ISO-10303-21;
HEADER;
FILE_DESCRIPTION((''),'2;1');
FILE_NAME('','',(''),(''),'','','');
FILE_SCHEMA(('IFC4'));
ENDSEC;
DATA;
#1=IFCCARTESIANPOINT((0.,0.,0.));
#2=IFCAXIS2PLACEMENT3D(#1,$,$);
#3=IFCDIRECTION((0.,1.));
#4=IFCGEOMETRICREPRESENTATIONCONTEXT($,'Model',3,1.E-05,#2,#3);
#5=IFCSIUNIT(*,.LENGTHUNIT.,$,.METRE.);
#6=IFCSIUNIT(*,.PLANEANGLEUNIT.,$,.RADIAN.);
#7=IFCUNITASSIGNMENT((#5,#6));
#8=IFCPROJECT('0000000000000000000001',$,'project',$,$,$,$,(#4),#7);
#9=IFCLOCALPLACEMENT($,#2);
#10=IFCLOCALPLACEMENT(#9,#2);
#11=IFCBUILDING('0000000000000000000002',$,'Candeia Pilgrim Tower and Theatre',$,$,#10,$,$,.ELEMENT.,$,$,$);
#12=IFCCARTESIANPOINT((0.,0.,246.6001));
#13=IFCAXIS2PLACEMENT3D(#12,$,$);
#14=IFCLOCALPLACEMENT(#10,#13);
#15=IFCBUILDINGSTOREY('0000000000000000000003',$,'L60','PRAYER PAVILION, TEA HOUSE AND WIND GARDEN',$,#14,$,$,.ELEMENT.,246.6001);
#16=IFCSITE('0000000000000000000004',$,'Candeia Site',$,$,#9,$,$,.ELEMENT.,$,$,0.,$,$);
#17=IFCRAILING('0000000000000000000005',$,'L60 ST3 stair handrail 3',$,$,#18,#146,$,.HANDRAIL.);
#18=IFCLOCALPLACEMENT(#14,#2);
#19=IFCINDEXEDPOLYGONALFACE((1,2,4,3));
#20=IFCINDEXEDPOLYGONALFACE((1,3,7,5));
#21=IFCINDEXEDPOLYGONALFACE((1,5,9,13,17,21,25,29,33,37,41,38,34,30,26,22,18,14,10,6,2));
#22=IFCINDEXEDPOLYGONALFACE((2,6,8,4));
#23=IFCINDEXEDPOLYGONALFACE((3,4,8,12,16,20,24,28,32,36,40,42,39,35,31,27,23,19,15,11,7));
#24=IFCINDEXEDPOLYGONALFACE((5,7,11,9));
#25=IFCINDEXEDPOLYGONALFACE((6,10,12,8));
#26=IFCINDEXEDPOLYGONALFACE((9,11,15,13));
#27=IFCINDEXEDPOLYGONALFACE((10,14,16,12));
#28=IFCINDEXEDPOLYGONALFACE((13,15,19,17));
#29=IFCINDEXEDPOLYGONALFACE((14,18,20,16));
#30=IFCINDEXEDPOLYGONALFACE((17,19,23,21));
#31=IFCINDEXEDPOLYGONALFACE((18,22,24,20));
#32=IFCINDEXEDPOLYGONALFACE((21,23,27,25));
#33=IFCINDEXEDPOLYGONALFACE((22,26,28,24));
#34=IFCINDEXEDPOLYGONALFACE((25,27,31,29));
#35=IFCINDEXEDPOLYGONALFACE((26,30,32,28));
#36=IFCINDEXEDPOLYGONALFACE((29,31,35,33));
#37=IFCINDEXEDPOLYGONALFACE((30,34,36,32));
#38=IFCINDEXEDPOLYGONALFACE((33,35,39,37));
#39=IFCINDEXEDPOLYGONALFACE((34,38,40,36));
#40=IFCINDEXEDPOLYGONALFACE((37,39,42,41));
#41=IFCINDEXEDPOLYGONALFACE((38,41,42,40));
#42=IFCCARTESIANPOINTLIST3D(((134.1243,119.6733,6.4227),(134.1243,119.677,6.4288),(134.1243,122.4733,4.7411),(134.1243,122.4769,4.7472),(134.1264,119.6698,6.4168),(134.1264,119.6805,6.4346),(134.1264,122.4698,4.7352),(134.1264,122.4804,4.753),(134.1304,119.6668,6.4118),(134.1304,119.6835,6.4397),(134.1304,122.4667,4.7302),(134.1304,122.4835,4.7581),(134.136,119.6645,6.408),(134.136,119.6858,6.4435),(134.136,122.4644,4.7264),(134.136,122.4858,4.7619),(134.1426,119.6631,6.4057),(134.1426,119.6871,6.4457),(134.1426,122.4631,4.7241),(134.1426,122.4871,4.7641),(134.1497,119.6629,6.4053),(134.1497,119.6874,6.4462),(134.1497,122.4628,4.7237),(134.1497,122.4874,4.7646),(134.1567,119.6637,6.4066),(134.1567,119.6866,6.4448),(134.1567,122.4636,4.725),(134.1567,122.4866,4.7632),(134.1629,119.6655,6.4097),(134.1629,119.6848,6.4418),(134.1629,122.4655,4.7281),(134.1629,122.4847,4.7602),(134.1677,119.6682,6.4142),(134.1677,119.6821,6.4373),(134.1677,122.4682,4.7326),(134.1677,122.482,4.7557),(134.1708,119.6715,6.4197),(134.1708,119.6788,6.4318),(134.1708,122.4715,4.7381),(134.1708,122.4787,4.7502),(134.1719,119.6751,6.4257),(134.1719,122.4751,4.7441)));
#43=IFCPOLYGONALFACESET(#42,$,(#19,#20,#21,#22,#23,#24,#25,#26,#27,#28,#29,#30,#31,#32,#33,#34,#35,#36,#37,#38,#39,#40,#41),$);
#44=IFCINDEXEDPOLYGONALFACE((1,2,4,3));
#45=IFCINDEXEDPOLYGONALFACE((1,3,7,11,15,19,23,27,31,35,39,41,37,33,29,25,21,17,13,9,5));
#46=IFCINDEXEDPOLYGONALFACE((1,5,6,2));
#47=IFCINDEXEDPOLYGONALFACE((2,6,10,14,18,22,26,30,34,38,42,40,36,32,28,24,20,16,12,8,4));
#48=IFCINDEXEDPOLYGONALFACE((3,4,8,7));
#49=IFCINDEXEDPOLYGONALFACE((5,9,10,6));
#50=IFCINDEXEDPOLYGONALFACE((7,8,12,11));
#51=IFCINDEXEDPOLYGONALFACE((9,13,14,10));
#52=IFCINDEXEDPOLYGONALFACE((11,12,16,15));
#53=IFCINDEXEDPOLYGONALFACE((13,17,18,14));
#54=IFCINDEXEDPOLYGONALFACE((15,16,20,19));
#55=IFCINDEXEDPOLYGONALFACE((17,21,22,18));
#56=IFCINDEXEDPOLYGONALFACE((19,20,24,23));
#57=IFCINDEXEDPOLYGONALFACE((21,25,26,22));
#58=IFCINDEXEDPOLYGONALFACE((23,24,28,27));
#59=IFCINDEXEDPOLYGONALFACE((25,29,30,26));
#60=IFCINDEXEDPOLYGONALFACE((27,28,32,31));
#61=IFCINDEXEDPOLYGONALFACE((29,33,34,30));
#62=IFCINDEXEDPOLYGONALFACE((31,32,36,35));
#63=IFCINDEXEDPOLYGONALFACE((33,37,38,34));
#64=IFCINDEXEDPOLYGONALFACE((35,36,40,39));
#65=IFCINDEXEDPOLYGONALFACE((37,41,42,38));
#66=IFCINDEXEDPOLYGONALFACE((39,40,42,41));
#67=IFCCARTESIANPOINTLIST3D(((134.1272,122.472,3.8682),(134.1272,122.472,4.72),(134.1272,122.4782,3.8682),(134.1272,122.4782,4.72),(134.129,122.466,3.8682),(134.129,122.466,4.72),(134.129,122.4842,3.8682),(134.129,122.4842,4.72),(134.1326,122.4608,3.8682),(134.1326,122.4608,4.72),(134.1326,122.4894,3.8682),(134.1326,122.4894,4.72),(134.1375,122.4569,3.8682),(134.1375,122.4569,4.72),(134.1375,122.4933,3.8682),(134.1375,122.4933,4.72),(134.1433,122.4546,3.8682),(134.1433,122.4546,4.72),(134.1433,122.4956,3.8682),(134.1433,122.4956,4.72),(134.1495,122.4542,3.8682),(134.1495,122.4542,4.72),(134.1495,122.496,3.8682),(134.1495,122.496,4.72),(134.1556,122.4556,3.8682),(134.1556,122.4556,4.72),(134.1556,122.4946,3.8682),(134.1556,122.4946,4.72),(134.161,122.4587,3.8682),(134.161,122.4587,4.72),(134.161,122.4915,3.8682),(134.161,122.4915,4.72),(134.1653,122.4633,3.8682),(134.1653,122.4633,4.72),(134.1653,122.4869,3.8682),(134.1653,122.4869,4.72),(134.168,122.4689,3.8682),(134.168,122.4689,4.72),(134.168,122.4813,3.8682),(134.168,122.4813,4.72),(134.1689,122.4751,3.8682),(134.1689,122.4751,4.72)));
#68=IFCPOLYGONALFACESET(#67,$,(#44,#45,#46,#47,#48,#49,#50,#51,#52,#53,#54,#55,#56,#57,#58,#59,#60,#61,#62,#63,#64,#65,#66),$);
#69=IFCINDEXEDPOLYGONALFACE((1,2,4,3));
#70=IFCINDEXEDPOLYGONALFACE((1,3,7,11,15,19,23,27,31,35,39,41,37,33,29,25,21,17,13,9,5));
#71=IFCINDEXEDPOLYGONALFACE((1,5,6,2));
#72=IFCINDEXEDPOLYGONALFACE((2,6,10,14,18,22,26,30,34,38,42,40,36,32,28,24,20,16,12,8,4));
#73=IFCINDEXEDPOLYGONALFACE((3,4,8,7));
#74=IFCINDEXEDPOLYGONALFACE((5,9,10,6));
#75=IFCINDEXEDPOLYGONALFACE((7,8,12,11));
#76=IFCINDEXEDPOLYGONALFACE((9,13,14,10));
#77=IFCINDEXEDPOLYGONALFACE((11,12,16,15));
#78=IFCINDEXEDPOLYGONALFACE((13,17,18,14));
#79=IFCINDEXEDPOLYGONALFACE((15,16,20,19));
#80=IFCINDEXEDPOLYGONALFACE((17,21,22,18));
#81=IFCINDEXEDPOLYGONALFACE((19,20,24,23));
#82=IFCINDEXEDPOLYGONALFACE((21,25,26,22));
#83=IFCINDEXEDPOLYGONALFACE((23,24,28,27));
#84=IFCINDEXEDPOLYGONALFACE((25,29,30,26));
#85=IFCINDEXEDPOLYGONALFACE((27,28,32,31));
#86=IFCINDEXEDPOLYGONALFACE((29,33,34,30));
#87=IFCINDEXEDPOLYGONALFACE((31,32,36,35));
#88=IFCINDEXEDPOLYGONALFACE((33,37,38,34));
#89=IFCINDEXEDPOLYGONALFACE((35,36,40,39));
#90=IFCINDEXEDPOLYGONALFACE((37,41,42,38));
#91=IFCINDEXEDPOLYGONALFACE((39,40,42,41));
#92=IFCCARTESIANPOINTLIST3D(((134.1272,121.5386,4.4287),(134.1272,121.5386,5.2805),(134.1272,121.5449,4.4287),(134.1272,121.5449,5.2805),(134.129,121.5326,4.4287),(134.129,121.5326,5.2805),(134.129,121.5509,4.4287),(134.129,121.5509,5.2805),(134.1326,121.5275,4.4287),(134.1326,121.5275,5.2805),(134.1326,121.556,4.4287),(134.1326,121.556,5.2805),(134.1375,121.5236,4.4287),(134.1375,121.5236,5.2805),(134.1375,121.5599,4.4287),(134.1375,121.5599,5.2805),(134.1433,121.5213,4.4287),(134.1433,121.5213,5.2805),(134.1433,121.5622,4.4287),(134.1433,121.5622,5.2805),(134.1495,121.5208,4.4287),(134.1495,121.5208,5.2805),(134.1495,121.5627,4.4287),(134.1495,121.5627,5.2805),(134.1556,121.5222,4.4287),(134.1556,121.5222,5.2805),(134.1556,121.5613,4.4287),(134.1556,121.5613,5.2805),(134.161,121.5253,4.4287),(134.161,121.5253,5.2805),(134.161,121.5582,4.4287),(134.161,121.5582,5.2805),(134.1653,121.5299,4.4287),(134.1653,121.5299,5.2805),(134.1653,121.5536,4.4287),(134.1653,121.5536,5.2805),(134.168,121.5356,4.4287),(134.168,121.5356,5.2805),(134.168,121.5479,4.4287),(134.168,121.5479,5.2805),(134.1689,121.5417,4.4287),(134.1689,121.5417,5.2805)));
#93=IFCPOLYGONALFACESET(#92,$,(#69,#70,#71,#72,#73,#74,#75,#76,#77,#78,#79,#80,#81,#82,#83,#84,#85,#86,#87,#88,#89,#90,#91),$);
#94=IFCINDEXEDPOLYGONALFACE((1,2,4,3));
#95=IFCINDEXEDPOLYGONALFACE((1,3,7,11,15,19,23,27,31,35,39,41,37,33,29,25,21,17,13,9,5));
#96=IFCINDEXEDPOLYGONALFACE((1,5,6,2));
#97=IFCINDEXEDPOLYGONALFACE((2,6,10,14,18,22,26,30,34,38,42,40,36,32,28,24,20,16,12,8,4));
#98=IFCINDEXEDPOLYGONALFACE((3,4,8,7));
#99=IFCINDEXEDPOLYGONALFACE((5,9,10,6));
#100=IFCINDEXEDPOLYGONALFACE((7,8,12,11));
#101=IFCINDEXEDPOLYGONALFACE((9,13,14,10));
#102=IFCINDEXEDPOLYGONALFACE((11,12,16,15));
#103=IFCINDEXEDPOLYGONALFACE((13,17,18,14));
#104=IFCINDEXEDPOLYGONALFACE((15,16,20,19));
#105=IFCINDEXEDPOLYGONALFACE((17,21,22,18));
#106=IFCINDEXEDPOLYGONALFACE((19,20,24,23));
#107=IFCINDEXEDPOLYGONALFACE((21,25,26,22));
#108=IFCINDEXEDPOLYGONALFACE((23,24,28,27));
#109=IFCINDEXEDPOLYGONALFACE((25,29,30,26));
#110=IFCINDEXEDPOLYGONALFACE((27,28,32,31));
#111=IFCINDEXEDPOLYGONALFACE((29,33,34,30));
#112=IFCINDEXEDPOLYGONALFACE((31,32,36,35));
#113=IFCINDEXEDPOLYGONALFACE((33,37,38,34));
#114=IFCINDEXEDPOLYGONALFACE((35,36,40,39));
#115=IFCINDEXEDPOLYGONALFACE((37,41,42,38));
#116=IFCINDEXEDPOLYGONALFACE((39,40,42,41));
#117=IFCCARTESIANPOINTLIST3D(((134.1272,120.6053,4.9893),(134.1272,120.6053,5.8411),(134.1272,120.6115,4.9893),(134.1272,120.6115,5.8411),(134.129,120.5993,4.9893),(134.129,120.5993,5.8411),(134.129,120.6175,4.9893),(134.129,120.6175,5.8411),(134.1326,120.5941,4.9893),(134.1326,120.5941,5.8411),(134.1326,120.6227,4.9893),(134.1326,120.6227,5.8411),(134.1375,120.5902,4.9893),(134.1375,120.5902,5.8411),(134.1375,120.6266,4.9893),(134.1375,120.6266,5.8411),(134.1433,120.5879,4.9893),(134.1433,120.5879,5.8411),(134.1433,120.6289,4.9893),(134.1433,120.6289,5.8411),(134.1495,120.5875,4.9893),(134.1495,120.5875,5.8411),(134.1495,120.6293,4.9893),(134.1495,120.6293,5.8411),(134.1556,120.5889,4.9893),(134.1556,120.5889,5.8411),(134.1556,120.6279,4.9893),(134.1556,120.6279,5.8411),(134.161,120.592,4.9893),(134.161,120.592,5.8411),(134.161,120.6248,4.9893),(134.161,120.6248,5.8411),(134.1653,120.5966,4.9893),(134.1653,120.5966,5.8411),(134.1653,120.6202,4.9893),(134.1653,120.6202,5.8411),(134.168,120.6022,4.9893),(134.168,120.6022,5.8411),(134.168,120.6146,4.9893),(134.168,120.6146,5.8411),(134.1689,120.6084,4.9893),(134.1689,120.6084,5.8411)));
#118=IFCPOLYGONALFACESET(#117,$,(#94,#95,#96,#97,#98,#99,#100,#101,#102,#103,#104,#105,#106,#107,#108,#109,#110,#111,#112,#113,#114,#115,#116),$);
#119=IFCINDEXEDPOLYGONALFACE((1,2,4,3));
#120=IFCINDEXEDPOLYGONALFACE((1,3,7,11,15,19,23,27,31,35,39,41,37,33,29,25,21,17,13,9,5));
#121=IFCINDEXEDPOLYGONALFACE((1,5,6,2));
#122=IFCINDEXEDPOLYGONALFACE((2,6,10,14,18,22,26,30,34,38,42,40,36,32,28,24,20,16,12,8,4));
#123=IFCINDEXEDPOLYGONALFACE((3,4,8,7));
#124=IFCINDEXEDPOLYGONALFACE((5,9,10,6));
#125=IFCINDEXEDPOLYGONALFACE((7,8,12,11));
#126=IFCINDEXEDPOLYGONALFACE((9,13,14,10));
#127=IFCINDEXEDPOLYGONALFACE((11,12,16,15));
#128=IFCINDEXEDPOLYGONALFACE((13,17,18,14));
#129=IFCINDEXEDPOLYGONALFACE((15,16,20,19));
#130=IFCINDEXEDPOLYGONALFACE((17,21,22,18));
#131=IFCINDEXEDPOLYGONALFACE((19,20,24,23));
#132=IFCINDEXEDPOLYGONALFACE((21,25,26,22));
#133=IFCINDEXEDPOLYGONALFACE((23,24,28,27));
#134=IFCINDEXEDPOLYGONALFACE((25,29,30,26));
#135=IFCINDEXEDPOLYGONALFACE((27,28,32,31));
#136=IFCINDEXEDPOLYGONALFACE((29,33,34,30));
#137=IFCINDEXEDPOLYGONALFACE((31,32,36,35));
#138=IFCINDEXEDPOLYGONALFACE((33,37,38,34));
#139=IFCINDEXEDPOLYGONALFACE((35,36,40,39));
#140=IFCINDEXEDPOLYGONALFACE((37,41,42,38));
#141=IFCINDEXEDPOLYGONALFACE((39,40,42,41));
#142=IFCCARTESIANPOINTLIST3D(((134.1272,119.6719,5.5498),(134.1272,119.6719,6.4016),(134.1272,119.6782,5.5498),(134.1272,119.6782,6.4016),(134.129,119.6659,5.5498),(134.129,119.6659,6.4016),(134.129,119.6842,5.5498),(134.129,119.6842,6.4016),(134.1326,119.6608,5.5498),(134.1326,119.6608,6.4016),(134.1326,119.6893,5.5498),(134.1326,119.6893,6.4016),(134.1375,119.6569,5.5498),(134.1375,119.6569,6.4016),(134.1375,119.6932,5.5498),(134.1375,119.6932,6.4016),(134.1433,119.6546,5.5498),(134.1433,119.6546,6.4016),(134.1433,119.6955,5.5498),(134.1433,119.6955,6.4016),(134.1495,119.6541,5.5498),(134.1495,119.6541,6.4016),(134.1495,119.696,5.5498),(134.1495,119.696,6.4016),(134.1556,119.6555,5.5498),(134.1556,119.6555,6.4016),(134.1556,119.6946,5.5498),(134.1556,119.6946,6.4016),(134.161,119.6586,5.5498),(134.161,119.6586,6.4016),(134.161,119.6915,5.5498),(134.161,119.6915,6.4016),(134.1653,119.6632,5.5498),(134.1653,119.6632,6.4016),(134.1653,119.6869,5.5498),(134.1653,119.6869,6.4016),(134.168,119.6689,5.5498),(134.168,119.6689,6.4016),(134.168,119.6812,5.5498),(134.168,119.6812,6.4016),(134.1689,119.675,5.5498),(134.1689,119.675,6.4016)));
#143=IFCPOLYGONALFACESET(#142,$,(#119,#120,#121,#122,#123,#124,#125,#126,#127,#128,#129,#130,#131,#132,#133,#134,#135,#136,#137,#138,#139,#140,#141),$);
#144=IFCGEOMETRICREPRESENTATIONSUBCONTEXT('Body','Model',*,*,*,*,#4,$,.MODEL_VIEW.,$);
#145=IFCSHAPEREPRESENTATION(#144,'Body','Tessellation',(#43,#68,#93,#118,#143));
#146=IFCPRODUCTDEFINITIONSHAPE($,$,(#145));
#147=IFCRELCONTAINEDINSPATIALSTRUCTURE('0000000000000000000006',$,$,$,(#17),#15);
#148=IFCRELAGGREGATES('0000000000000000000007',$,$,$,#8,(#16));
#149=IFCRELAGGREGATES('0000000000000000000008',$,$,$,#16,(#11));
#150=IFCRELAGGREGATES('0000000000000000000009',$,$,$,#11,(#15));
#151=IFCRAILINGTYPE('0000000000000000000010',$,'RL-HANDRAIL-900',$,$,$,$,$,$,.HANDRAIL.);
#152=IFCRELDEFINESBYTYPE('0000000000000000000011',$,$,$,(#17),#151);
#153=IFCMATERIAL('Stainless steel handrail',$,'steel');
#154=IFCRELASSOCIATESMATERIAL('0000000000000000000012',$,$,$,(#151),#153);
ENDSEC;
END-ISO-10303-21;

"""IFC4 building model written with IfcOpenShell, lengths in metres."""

from ifc_helpers import new_model, si_unit, direction, frame, origin, origin_2d, place, context, subcontext, project, spatial, circle, extrude, material, type_object, element, save


model = new_model("IFC4")

# Units and contexts
model_context = context("Model", 3, precision=1e-05, world=origin(), true_north=direction((0.0, 1.0)))
body_context = subcontext(model_context, "Body", "Model", "MODEL_VIEW")
ifc_project = project(units=[si_unit("LENGTHUNIT", "METRE"), si_unit("PLANEANGLEUNIT", "RADIAN")], contexts=[model_context])

# Site, building, storey
site_placement = place(None, origin())
site = spatial("IfcSite", under=ifc_project, at=site_placement, Name="Candeia Site", CompositionType="ELEMENT", RefElevation=0.0)
building_placement = place(site_placement, origin())
building = spatial("IfcBuilding", under=site, at=building_placement, Name="Candeia Pilgrim Tower and Theatre", CompositionType="ELEMENT")
storey_placement = place(building_placement, frame((0.0, 0.0, 246.6001)))
storey = spatial("IfcBuildingStorey", under=building, at=storey_placement, Name="L60", Description="PRAYER PAVILION, TEA HOUSE AND WIND GARDEN", CompositionType="ELEMENT", Elevation=246.6001)

# Railing
ifc_material_1 = material(Name="Stainless steel handrail", Category="steel")
railing_type_1 = type_object("IfcRailingType", Name="RL-HANDRAIL-900", PredefinedType="HANDRAIL", material=ifc_material_1)
railing_1_placement = place(storey_placement, frame((134.1479, 122.4751, 3.8682)))
element("IfcRailing", 1, at=railing_1_placement, inside=storey, type_object=railing_type_1, Name="L60 ST3 stair handrail 3", PredefinedType="HANDRAIL", context=body_context, shape_type="SweptSolid", body=[
    extrude(circle(Radius=0.0239, at=origin_2d()), frame((0.0, 0.0, 0.876), z_axis=(0.0, -0.857275, 0.514858), x_axis=(1.0, 0.0, 0.0)), (0.0, 0.0, 1.0), 3.2661),
    extrude(circle(Radius=0.021, at=origin_2d()), origin(), (0.0, 0.0, 1.0), 0.8518),
    extrude(circle(Radius=0.021, at=origin_2d()), frame((0.0, -0.9333, 0.5605)), (0.0, 0.0, 1.0), 0.8518),
    extrude(circle(Radius=0.021, at=origin_2d()), frame((0.0, -1.8667, 1.1211)), (0.0, 0.0, 1.0), 0.8518),
    extrude(circle(Radius=0.021, at=origin_2d()), frame((0.0, -2.8, 1.6816)), (0.0, 0.0, 1.0), 0.8518),
])

save(model, "model.ifc")
